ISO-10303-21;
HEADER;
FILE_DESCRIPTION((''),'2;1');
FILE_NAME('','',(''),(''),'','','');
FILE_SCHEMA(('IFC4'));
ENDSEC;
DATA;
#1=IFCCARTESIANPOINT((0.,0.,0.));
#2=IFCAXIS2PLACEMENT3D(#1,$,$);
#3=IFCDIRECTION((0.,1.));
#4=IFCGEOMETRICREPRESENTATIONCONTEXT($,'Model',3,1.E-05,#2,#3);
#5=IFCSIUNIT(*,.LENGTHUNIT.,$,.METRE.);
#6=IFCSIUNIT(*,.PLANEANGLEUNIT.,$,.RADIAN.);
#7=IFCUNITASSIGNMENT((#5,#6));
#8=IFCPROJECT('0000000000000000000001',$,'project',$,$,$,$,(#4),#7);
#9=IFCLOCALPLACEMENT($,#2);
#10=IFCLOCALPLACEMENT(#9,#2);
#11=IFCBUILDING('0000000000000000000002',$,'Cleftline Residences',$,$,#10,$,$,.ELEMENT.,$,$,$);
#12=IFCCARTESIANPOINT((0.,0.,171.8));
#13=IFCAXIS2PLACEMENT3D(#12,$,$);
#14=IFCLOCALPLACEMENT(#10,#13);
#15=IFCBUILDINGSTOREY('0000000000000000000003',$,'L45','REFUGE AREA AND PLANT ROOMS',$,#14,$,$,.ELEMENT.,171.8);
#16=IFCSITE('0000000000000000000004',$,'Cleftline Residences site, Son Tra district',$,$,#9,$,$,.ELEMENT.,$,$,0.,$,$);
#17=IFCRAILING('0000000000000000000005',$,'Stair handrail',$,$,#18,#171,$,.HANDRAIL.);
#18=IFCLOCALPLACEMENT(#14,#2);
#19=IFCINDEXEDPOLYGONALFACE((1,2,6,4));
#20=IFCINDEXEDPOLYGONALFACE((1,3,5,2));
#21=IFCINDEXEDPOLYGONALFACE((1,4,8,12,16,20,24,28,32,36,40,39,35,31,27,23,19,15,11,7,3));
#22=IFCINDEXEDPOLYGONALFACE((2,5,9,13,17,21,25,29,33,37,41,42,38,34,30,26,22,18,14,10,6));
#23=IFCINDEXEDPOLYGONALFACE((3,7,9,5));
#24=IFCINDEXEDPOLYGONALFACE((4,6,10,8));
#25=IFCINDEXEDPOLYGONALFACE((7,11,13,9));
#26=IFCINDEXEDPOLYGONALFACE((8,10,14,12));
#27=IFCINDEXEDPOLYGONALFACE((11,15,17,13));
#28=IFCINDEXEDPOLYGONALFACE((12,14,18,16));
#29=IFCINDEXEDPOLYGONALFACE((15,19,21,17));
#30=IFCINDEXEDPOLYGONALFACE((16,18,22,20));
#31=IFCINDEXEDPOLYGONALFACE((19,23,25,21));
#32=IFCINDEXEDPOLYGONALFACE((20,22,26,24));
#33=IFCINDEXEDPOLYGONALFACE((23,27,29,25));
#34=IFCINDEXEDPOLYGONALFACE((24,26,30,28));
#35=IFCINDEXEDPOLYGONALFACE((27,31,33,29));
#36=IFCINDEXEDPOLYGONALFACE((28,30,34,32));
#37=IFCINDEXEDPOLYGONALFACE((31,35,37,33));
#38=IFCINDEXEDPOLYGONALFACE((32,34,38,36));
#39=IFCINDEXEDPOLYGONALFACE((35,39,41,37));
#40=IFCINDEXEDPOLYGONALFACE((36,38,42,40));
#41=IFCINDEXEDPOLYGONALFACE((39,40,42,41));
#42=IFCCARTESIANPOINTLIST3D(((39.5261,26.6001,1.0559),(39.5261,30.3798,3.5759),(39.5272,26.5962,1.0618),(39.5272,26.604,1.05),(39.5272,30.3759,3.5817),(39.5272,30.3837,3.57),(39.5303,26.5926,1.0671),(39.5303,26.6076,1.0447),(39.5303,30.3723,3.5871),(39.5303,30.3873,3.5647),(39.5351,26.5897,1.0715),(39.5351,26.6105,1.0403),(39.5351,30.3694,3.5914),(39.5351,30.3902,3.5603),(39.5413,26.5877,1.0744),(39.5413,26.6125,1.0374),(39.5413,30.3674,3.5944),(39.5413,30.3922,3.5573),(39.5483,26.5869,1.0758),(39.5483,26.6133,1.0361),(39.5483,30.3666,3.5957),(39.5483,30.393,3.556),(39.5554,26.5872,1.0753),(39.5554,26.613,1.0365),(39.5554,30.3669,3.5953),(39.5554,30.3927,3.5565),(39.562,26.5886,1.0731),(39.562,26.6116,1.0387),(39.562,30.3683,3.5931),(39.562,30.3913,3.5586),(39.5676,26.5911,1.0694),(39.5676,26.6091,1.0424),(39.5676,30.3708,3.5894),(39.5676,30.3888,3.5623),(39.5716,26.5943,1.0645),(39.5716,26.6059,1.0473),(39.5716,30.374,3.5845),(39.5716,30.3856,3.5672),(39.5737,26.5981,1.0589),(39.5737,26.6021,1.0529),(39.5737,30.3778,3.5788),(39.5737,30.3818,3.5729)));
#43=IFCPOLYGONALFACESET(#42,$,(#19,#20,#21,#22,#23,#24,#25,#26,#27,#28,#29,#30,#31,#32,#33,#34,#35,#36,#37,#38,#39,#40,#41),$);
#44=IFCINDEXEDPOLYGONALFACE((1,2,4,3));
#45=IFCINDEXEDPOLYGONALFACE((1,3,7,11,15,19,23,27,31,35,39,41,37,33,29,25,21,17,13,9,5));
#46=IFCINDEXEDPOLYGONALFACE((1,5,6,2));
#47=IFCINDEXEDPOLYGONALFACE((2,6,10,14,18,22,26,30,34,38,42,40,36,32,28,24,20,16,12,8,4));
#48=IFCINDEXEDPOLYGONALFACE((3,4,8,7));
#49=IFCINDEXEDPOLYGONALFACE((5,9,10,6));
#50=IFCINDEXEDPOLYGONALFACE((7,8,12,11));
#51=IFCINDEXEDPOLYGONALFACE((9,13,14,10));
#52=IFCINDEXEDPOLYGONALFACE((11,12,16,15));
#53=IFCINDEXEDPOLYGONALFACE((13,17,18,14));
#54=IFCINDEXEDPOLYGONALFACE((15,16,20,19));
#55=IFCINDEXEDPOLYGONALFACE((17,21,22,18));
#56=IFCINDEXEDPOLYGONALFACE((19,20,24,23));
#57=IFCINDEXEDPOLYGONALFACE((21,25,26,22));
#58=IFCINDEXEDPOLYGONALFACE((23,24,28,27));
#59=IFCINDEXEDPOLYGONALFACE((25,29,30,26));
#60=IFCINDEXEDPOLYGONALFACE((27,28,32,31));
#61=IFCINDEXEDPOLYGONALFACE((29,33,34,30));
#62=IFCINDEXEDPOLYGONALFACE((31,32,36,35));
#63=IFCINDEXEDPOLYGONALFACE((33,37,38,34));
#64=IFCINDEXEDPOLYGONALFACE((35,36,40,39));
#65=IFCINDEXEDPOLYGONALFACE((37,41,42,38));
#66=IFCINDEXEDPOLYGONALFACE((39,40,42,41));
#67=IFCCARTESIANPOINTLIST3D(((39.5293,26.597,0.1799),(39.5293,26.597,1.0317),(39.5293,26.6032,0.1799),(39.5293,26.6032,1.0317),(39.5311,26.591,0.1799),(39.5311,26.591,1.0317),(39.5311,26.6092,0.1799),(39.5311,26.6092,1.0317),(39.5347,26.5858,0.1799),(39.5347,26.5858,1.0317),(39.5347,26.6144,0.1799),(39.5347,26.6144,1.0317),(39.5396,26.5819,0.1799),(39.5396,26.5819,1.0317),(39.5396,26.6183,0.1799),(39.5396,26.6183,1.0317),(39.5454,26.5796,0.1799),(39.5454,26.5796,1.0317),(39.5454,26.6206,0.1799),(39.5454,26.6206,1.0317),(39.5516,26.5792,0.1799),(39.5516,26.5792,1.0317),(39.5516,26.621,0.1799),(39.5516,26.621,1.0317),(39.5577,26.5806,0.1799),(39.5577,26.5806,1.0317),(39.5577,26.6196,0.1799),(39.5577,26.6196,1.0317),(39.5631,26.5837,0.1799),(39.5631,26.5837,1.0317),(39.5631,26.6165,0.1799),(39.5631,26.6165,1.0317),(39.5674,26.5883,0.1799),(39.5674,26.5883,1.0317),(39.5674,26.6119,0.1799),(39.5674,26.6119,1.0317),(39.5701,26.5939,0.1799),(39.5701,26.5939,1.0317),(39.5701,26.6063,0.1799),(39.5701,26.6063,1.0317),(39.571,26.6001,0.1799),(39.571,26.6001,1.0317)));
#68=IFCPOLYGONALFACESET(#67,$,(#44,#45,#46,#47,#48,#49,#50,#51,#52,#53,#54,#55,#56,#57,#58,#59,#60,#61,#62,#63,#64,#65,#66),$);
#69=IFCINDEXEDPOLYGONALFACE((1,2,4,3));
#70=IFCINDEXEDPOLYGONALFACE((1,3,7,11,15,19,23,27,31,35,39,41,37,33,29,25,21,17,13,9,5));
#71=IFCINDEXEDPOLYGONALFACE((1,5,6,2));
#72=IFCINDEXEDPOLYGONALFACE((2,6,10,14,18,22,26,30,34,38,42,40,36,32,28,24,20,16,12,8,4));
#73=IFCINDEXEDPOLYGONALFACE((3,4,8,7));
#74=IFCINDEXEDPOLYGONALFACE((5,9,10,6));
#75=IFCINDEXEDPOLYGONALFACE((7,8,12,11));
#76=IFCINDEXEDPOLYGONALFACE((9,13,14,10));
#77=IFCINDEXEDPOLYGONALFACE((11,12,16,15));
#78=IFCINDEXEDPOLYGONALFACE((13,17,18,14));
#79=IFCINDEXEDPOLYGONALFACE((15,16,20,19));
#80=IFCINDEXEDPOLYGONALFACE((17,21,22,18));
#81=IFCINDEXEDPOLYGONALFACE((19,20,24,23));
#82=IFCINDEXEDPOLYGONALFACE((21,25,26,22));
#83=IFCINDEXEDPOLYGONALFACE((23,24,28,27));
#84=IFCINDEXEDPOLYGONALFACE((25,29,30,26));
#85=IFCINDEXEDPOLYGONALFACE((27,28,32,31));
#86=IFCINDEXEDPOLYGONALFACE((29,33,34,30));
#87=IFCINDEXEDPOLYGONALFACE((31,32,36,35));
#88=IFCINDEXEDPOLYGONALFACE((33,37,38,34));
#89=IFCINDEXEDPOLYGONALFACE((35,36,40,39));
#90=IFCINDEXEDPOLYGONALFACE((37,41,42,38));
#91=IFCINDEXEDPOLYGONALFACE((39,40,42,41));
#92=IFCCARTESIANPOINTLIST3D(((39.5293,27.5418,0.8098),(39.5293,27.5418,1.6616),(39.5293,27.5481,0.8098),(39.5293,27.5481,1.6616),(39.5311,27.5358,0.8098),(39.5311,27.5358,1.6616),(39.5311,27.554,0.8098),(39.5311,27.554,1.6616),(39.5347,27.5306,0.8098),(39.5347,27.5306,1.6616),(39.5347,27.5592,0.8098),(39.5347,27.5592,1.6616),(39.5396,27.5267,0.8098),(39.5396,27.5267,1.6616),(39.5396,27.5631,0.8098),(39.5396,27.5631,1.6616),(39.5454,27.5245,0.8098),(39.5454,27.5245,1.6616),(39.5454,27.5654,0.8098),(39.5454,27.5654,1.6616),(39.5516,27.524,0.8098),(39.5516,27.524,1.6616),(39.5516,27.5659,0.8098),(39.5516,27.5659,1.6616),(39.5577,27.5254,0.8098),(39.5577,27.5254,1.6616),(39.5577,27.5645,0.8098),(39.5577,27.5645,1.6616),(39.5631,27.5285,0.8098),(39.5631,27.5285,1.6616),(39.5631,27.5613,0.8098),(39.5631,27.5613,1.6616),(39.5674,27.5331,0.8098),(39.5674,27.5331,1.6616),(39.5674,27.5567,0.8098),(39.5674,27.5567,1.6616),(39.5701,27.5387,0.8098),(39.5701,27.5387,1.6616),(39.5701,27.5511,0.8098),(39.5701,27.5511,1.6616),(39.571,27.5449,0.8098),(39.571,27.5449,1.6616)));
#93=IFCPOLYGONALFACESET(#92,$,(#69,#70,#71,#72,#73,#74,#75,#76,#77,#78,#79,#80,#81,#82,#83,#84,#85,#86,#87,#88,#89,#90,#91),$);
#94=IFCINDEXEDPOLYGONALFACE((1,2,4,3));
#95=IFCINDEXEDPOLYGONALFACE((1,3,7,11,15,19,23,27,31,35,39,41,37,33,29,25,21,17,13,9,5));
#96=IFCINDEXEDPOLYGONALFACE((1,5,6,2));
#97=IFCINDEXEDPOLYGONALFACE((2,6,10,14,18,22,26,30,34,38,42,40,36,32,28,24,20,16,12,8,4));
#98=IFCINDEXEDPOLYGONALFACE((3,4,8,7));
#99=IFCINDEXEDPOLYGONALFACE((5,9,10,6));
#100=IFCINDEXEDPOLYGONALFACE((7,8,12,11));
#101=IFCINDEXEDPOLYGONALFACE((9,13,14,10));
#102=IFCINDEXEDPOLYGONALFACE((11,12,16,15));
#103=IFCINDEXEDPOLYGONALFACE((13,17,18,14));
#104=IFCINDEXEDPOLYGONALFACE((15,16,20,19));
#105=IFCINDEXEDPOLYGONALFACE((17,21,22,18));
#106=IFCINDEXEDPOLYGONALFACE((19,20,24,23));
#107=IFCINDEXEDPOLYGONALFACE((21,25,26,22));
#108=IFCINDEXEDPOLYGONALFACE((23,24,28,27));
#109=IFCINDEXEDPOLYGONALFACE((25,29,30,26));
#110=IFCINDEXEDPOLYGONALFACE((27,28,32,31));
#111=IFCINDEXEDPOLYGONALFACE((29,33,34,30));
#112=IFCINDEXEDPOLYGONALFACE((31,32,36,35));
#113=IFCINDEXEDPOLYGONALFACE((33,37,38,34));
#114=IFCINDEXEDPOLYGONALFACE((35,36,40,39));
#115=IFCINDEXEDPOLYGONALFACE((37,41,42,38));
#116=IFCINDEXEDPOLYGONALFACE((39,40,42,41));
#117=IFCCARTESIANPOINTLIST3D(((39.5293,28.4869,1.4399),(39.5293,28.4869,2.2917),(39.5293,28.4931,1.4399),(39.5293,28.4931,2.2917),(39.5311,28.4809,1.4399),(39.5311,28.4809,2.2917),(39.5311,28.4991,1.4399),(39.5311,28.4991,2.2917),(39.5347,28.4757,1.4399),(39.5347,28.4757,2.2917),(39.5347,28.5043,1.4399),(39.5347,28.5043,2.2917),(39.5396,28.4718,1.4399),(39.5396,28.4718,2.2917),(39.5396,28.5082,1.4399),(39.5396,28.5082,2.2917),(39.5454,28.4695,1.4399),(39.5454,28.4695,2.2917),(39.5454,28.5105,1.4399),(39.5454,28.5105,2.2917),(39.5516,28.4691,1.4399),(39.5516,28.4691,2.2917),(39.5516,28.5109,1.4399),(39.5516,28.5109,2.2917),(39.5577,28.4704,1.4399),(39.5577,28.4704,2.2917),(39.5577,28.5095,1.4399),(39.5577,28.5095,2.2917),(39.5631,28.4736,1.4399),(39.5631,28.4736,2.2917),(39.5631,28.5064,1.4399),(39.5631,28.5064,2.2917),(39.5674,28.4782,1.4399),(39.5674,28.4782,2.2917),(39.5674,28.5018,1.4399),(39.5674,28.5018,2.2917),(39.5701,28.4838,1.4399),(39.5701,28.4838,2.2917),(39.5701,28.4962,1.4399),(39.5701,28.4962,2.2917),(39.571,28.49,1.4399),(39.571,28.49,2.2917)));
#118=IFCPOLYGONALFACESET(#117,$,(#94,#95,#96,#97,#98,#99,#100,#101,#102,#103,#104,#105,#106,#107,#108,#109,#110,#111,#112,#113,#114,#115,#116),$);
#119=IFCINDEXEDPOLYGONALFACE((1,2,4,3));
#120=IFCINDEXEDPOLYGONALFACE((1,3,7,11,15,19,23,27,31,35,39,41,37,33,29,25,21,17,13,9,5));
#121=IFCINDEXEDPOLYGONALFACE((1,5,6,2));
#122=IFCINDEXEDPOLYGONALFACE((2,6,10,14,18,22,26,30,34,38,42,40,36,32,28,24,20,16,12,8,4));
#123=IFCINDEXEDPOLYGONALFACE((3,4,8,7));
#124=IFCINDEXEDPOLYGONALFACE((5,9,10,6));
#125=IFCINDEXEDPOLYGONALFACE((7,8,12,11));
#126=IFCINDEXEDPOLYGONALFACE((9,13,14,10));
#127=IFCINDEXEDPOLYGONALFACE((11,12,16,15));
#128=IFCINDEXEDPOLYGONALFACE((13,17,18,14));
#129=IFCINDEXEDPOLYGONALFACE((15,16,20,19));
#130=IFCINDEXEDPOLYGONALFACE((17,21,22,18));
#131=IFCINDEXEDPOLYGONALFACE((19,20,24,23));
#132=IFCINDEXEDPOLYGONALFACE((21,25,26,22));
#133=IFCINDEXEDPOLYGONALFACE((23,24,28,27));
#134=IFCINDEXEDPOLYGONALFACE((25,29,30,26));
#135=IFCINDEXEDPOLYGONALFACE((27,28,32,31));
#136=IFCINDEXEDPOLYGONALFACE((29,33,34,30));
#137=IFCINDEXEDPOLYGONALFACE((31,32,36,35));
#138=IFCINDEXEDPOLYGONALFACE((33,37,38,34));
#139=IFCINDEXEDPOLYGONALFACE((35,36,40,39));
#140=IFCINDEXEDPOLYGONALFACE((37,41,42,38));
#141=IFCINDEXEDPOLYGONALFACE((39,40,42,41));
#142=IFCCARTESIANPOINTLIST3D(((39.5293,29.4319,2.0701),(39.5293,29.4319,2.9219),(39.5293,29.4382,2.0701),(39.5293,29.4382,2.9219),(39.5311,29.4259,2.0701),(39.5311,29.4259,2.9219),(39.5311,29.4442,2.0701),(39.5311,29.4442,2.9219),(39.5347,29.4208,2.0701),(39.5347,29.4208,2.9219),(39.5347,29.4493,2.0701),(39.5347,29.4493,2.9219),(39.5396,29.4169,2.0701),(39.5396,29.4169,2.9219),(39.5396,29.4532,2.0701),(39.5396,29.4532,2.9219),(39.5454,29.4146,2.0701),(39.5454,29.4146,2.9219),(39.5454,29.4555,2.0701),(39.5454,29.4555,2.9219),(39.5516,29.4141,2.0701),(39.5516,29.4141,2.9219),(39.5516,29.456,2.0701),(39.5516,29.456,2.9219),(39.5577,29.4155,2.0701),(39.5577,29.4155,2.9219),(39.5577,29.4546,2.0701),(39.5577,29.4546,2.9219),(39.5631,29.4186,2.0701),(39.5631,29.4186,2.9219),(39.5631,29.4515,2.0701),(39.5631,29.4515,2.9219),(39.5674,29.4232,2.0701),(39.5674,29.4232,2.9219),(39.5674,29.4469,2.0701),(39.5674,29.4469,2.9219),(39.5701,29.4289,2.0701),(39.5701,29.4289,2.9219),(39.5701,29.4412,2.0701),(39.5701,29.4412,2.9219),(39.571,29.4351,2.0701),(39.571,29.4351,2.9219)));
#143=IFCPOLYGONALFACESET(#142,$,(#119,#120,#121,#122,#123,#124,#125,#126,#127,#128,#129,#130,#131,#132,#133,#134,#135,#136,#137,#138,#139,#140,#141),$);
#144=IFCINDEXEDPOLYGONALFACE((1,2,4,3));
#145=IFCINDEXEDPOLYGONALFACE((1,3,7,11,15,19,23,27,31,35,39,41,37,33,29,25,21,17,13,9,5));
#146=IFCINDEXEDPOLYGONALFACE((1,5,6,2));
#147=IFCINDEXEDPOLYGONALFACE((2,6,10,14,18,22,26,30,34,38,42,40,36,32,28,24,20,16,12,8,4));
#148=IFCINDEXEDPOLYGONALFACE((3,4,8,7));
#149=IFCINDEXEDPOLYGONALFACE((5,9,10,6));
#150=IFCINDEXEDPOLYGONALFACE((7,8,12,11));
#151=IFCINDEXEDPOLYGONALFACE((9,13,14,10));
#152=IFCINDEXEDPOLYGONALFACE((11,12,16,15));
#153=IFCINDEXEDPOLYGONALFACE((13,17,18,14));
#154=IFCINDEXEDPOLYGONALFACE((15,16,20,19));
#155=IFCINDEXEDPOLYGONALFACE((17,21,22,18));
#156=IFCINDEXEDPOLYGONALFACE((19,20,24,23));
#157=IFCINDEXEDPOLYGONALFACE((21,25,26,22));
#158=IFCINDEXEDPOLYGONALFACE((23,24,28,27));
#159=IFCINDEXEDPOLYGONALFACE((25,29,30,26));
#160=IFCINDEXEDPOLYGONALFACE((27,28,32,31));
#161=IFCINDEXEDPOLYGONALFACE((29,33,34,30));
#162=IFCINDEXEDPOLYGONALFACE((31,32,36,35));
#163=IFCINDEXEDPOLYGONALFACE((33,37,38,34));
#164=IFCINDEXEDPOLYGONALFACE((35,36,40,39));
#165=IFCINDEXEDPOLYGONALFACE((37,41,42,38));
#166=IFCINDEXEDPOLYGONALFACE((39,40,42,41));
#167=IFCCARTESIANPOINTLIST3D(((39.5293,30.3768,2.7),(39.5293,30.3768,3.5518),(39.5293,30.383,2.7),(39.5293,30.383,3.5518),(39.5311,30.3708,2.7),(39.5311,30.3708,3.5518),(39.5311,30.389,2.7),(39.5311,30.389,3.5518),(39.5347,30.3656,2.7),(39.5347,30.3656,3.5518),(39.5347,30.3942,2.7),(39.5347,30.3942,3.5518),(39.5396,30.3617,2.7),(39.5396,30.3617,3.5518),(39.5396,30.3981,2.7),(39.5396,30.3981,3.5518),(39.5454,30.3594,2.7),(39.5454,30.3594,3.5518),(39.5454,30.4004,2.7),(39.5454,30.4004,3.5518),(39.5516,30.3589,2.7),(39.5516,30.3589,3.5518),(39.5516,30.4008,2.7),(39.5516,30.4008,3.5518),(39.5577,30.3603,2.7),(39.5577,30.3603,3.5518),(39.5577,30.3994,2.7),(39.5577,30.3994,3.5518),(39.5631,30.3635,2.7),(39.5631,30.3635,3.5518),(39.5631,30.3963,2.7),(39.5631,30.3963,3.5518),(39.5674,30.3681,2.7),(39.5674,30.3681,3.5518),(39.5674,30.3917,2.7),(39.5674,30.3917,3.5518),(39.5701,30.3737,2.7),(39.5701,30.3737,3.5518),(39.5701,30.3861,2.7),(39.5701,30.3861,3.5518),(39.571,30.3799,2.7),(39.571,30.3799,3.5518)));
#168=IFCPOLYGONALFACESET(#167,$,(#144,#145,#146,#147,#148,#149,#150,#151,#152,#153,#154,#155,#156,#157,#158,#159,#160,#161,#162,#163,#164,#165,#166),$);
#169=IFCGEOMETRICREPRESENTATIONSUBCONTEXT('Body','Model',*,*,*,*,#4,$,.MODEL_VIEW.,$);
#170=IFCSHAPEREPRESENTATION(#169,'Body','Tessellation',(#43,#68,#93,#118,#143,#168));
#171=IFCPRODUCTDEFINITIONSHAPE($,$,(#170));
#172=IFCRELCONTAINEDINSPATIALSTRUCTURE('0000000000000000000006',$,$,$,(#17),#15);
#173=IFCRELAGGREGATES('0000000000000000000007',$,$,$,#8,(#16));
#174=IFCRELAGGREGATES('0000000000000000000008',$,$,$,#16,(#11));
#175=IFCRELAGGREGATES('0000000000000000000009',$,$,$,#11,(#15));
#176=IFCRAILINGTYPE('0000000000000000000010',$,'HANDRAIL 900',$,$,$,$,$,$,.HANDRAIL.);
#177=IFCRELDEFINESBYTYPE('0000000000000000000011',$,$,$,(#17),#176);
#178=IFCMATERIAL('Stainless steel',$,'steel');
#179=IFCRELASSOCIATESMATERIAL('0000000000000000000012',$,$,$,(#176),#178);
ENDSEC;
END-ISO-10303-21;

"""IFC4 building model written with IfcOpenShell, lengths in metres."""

from ifc_helpers import new_model, si_unit, direction, frame, origin, origin_2d, place, context, subcontext, project, spatial, circle, extrude, material, type_object, element, save


model = new_model("IFC4")

# Units and contexts
model_context = context("Model", 3, precision=1e-05, world=origin(), true_north=direction((0.0, 1.0)))
body_context = subcontext(model_context, "Body", "Model", "MODEL_VIEW")
ifc_project = project(units=[si_unit("LENGTHUNIT", "METRE"), si_unit("PLANEANGLEUNIT", "RADIAN")], contexts=[model_context])

# Site, building, storey
site_placement = place(None, origin())
site = spatial("IfcSite", under=ifc_project, at=site_placement, Name="Cleftline Residences site, Son Tra district", CompositionType="ELEMENT", RefElevation=0.0)
building_placement = place(site_placement, origin())
building = spatial("IfcBuilding", under=site, at=building_placement, Name="Cleftline Residences", CompositionType="ELEMENT")
storey_placement = place(building_placement, frame((0.0, 0.0, 171.8)))
storey = spatial("IfcBuildingStorey", under=building, at=storey_placement, Name="L45", Description="REFUGE AREA AND PLANT ROOMS", CompositionType="ELEMENT", Elevation=171.8)

# Railing
ifc_material_1 = material(Name="Stainless steel", Category="steel")
railing_type = type_object("IfcRailingType", Name="HANDRAIL 900", PredefinedType="HANDRAIL", material=ifc_material_1)
railing_1_placement = place(storey_placement, frame((39.55, 26.6001, 0.1799)))
element("IfcRailing", 1, at=railing_1_placement, inside=storey, type_object=railing_type, Name="Stair handrail", PredefinedType="HANDRAIL", context=body_context, shape_type="SweptSolid", body=[
    extrude(circle(Radius=0.0239, at=origin_2d()), frame((0.0, 0.0, 0.876), z_axis=(0.0, 0.832034, 0.554725), x_axis=(-1.0, 0.0, 0.0)), (0.0, 0.0, 1.0), 4.5427),
    extrude(circle(Radius=0.021, at=origin_2d()), origin(), (0.0, 0.0, 1.0), 0.8518),
    extrude(circle(Radius=0.021, at=origin_2d()), frame((0.0, 0.9448, 0.6299)), (0.0, 0.0, 1.0), 0.8518),
    extrude(circle(Radius=0.021, at=origin_2d()), frame((0.0, 1.8899, 1.26)), (0.0, 0.0, 1.0), 0.8518),
    extrude(circle(Radius=0.021, at=origin_2d()), frame((0.0, 2.835, 1.8901)), (0.0, 0.0, 1.0), 0.8518),
    extrude(circle(Radius=0.021, at=origin_2d()), frame((0.0, 3.7798, 2.52)), (0.0, 0.0, 1.0), 0.8518),
])

save(model, "model.ifc")
